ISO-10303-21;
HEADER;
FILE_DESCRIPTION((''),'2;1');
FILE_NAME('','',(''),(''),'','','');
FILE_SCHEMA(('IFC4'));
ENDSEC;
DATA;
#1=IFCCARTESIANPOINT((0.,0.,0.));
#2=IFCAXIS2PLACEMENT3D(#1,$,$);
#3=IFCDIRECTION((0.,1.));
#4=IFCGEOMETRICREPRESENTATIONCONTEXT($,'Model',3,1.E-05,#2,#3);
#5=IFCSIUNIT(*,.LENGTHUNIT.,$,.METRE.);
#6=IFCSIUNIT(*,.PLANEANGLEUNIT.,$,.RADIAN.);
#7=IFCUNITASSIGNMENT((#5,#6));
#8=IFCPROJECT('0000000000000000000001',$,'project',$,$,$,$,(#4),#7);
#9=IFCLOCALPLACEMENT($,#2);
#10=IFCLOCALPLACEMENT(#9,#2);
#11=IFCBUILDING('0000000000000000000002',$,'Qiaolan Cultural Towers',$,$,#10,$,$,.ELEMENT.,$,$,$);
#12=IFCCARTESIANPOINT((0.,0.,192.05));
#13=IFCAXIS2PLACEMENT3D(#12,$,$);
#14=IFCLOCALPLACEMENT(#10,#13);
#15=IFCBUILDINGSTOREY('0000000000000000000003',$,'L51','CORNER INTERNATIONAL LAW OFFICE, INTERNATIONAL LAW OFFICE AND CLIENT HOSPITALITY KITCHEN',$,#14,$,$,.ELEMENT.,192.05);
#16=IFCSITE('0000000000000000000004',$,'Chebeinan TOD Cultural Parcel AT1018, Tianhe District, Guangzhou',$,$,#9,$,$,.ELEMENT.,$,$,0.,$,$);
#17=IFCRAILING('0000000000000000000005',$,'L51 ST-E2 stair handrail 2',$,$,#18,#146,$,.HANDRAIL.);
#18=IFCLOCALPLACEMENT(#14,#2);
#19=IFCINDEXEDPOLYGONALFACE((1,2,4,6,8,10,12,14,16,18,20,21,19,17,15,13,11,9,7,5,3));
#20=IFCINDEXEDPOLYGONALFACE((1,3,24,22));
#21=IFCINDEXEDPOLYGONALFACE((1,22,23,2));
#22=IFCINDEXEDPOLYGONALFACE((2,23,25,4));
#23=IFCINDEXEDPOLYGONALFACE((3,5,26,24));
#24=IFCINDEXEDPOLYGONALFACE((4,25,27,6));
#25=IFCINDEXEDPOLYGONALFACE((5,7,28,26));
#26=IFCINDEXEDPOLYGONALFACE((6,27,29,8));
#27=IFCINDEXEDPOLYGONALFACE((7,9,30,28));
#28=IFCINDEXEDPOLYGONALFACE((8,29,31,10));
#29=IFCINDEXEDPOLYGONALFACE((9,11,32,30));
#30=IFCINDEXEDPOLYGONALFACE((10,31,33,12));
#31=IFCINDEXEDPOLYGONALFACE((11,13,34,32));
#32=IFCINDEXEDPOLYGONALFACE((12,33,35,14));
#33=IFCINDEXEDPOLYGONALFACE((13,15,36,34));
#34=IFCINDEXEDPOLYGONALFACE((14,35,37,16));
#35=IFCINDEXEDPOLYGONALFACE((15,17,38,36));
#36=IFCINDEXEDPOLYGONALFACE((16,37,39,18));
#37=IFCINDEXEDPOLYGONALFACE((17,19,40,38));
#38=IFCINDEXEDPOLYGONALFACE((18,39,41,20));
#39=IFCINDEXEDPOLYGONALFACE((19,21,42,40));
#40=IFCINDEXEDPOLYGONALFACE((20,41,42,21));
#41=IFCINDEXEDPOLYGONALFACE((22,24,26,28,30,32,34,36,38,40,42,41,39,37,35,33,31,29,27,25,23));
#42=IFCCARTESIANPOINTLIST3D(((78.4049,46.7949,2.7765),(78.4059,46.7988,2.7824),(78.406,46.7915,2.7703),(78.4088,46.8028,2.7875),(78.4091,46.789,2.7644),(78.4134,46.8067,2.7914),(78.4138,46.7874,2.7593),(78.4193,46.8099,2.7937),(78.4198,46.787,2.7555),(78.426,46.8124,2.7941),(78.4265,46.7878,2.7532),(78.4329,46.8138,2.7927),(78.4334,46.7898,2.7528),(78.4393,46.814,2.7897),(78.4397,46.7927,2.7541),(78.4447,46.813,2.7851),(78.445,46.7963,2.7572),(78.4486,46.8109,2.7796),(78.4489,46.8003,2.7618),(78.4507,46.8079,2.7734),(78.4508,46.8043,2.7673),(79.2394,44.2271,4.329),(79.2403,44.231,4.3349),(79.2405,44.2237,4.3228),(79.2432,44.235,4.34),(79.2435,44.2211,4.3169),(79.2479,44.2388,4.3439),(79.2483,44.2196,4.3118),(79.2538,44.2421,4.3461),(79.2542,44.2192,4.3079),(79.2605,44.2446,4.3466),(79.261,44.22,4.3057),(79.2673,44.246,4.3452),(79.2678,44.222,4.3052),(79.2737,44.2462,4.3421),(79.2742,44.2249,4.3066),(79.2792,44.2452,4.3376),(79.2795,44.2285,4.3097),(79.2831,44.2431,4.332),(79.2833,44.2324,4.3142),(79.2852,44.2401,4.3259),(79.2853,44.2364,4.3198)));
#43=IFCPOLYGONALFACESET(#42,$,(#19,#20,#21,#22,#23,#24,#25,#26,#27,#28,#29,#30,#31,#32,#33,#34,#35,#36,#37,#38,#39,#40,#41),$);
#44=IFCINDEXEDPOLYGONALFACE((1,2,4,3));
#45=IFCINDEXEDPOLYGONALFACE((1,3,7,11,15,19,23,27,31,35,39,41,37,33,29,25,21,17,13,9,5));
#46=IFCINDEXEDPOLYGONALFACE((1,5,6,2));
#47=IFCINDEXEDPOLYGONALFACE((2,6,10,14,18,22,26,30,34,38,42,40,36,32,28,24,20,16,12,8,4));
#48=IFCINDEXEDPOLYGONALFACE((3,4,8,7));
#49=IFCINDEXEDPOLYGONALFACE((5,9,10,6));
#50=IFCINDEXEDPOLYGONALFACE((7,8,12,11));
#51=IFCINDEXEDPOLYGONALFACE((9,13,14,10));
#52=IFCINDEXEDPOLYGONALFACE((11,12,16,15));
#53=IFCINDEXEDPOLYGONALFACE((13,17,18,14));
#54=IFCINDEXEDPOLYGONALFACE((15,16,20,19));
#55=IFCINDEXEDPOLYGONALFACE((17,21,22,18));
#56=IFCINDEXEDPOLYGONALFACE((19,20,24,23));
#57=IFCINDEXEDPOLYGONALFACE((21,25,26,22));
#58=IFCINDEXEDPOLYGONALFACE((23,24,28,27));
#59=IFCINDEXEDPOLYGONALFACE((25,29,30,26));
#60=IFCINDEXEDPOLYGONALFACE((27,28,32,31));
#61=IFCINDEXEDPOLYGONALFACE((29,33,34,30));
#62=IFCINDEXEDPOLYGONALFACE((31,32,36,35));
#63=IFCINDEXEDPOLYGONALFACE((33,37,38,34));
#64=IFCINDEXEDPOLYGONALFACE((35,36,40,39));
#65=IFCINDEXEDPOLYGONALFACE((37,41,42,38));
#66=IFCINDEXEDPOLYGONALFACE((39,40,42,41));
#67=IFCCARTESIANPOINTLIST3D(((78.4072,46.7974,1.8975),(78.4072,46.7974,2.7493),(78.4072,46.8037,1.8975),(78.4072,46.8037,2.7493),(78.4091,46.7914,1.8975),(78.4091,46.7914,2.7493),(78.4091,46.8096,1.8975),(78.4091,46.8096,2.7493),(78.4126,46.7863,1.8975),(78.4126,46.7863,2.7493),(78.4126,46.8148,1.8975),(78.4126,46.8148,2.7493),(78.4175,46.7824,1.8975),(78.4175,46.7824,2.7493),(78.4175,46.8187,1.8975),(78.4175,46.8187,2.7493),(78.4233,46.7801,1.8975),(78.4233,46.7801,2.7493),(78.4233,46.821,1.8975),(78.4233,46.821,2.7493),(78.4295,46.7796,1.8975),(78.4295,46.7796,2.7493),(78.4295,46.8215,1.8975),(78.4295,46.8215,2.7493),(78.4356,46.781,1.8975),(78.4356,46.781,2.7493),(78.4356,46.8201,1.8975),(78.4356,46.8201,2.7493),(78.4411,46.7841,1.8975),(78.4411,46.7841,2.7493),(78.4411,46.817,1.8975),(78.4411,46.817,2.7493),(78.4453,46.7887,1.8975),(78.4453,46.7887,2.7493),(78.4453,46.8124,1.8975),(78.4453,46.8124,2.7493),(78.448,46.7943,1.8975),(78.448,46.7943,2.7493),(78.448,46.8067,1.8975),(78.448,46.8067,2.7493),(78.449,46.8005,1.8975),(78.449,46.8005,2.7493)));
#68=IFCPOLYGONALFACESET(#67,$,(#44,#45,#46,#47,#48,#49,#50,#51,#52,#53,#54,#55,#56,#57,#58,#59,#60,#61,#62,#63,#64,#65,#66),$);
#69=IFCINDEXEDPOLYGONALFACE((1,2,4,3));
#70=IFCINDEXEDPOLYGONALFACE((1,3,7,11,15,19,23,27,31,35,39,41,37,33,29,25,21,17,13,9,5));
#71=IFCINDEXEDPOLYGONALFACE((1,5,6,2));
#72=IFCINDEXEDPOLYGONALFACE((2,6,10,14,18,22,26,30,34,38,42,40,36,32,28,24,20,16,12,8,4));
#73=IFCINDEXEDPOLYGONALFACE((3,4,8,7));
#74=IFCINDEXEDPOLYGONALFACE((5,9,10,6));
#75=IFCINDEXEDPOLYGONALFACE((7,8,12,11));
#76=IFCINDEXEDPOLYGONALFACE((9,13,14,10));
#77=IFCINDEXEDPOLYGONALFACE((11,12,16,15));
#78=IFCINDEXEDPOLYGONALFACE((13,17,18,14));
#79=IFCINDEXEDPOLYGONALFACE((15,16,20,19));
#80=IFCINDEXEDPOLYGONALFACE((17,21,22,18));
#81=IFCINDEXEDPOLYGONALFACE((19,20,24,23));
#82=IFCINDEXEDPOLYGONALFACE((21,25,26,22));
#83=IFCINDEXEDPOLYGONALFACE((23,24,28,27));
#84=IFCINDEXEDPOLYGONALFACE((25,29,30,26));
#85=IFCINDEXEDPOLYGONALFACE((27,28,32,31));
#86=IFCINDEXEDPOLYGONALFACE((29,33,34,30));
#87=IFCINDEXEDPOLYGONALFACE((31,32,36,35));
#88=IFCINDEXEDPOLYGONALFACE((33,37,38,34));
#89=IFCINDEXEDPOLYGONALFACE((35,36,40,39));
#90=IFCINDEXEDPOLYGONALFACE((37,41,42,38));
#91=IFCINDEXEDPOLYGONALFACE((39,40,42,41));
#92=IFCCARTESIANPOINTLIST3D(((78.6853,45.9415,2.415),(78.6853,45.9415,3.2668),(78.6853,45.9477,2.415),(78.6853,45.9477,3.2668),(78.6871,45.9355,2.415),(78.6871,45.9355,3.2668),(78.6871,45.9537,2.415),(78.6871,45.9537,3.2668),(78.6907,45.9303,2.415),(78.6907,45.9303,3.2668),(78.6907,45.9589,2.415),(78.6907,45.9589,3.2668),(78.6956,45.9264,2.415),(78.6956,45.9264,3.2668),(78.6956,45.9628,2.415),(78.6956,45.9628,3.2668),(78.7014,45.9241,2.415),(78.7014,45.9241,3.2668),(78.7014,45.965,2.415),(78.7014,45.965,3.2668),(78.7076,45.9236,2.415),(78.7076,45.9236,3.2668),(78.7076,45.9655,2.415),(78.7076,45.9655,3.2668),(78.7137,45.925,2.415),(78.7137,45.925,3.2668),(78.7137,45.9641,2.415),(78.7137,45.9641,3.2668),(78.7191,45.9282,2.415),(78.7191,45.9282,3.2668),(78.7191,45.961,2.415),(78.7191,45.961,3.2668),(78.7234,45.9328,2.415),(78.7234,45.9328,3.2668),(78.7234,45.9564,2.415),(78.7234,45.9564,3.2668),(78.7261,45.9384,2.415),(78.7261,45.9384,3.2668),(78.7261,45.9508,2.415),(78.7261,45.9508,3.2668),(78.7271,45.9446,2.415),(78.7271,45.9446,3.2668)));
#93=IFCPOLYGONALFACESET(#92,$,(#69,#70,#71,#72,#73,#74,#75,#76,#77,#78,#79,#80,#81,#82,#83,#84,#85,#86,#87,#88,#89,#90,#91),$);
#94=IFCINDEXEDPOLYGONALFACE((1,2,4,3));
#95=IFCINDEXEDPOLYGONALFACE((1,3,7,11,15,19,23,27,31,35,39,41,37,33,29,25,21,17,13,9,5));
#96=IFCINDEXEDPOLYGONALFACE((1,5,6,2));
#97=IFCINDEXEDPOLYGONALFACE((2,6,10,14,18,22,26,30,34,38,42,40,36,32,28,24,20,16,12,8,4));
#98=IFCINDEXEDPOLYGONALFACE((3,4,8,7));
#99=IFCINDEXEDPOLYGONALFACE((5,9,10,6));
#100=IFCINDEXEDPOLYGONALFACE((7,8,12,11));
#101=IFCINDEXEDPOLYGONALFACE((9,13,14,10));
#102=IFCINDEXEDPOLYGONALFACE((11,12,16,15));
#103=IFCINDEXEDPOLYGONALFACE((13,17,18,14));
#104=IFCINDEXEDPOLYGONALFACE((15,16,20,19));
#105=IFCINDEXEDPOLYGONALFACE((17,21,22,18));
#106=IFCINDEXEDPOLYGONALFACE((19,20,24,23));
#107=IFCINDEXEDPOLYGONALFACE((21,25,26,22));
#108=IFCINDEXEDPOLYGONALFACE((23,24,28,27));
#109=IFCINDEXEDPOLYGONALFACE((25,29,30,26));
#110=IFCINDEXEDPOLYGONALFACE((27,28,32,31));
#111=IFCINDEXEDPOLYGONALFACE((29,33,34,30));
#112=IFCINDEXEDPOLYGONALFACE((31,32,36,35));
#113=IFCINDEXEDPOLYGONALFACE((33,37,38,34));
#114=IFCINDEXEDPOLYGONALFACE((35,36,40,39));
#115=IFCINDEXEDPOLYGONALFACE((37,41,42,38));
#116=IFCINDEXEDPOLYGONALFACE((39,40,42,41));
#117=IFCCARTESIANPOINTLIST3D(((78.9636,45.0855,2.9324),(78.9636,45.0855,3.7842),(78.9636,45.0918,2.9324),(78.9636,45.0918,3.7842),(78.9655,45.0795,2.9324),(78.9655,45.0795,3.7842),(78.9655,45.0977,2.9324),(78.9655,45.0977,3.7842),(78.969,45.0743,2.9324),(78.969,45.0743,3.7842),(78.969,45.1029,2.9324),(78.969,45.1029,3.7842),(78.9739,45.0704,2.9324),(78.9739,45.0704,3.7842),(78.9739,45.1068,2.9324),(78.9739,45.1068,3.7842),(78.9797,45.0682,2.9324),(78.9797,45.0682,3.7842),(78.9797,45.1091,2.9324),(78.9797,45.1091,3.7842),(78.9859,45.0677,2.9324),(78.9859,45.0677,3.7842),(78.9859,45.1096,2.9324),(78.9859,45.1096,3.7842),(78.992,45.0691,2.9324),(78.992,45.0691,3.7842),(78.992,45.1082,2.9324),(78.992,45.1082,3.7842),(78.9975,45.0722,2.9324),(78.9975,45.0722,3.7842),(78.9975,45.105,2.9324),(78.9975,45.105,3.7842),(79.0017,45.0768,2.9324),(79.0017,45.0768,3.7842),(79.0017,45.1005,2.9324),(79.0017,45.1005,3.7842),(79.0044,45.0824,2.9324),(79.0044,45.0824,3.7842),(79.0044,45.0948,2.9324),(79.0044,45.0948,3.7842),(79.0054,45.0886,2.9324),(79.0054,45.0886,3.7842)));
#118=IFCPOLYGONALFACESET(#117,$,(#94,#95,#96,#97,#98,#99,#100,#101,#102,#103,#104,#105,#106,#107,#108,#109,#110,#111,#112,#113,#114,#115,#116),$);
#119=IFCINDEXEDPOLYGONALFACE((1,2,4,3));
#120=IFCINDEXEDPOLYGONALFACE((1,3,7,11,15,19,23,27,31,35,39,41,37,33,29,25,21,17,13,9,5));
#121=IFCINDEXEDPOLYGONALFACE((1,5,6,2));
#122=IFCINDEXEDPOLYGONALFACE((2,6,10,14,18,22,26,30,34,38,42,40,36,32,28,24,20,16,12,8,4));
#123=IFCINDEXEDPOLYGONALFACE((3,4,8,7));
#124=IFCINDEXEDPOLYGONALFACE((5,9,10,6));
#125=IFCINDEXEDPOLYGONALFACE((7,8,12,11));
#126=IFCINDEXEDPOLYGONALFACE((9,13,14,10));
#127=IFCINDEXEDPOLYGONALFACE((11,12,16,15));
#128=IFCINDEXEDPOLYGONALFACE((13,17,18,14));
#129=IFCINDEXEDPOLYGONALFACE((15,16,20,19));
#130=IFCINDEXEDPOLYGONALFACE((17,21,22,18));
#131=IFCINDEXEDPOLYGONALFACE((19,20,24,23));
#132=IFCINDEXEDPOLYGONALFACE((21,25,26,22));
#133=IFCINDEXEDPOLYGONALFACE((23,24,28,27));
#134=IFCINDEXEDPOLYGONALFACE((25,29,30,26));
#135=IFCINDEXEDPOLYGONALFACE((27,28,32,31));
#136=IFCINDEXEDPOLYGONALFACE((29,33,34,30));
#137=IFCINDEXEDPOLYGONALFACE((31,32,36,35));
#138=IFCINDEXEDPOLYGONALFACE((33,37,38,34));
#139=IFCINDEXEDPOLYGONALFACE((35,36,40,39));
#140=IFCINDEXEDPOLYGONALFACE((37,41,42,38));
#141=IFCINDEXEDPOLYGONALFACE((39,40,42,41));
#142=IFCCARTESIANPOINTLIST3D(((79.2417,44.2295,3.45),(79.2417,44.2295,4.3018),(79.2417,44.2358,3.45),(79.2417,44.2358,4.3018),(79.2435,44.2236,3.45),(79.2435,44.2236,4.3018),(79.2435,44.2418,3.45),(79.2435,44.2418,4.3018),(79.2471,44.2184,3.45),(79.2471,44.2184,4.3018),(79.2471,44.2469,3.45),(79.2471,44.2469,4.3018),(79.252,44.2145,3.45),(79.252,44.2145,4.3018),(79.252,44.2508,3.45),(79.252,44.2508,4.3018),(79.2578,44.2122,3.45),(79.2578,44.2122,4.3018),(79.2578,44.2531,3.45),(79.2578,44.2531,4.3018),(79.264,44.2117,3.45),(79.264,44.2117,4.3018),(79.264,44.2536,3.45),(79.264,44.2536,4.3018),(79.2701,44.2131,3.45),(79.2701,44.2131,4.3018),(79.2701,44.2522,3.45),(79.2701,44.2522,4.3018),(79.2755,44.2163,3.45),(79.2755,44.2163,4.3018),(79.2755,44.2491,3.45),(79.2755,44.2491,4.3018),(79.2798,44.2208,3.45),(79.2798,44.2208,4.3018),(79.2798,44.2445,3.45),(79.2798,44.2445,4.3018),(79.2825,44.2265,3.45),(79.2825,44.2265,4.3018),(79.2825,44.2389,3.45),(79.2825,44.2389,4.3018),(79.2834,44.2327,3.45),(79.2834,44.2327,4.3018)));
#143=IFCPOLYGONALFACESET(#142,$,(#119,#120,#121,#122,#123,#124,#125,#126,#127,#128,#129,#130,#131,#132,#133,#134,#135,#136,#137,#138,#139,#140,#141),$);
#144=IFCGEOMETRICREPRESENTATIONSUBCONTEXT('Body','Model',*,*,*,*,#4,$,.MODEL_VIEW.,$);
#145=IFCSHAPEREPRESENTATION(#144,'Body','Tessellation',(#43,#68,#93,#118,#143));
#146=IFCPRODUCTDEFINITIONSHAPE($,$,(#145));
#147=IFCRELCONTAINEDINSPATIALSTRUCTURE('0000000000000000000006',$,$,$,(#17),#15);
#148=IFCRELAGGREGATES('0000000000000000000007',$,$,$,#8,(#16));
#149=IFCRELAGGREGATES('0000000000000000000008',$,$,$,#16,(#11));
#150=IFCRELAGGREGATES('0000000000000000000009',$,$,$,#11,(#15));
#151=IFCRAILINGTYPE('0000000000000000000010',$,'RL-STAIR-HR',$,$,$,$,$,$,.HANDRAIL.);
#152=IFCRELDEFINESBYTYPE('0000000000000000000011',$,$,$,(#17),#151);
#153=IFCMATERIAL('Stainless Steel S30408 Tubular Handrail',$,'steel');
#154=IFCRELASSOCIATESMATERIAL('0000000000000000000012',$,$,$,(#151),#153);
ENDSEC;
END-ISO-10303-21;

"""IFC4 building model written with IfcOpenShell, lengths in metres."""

from ifc_helpers import new_model, si_unit, direction, frame, origin, origin_2d, place, context, subcontext, project, spatial, circle, extrude, material, type_object, element, save


model = new_model("IFC4")

# Units and contexts
model_context = context("Model", 3, precision=1e-05, world=origin(), true_north=direction((0.0, 1.0)))
body_context = subcontext(model_context, "Body", "Model", "MODEL_VIEW")
ifc_project = project(units=[si_unit("LENGTHUNIT", "METRE"), si_unit("PLANEANGLEUNIT", "RADIAN")], contexts=[model_context])

# Site, building, storey
site_placement = place(None, origin())
site = spatial("IfcSite", under=ifc_project, at=site_placement, Name="Chebeinan TOD Cultural Parcel AT1018, Tianhe District, Guangzhou", CompositionType="ELEMENT", RefElevation=0.0)
building_placement = place(site_placement, origin())
building = spatial("IfcBuilding", under=site, at=building_placement, Name="Qiaolan Cultural Towers", CompositionType="ELEMENT")
storey_placement = place(building_placement, frame((0.0, 0.0, 192.05)))
storey = spatial("IfcBuildingStorey", under=building, at=storey_placement, Name="L51", Description="CORNER INTERNATIONAL LAW OFFICE, INTERNATIONAL LAW OFFICE AND CLIENT HOSPITALITY KITCHEN", CompositionType="ELEMENT", Elevation=192.05)

# Railing
ifc_material_1 = material(Name="Stainless Steel S30408 Tubular Handrail", Category="steel")
railing_type_1 = type_object("IfcRailingType", Name="RL-STAIR-HR", PredefinedType="HANDRAIL", material=ifc_material_1)
railing_1_placement = place(storey_placement, frame((78.428, 46.8005, 1.8975)))
element("IfcRailing", 1, at=railing_1_placement, inside=storey, type_object=railing_type_1, Name="L51 ST-E2 stair handrail 2", PredefinedType="HANDRAIL", context=body_context, shape_type="SweptSolid", body=[
    extrude(circle(Radius=0.0239, at=origin_2d()), frame((0.0, 0.0, 0.876), z_axis=(0.267926, -0.824471, 0.498461), x_axis=(0.951043, 0.309057, 0.0)), (0.0, 0.0, 1.0), 3.1145),
    extrude(circle(Radius=0.021, at=origin_2d()), origin(), (0.0, 0.0, 1.0), 0.8518),
    extrude(circle(Radius=0.021, at=origin_2d()), frame((0.2781, -0.856, 0.5176)), (0.0, 0.0, 1.0), 0.8518),
    extrude(circle(Radius=0.021, at=origin_2d()), frame((0.5564, -1.7119, 1.0349)), (0.0, 0.0, 1.0), 0.8518),
    extrude(circle(Radius=0.021, at=origin_2d()), frame((0.8345, -2.5679, 1.5525)), (0.0, 0.0, 1.0), 0.8518),
])

save(model, "model.ifc")
